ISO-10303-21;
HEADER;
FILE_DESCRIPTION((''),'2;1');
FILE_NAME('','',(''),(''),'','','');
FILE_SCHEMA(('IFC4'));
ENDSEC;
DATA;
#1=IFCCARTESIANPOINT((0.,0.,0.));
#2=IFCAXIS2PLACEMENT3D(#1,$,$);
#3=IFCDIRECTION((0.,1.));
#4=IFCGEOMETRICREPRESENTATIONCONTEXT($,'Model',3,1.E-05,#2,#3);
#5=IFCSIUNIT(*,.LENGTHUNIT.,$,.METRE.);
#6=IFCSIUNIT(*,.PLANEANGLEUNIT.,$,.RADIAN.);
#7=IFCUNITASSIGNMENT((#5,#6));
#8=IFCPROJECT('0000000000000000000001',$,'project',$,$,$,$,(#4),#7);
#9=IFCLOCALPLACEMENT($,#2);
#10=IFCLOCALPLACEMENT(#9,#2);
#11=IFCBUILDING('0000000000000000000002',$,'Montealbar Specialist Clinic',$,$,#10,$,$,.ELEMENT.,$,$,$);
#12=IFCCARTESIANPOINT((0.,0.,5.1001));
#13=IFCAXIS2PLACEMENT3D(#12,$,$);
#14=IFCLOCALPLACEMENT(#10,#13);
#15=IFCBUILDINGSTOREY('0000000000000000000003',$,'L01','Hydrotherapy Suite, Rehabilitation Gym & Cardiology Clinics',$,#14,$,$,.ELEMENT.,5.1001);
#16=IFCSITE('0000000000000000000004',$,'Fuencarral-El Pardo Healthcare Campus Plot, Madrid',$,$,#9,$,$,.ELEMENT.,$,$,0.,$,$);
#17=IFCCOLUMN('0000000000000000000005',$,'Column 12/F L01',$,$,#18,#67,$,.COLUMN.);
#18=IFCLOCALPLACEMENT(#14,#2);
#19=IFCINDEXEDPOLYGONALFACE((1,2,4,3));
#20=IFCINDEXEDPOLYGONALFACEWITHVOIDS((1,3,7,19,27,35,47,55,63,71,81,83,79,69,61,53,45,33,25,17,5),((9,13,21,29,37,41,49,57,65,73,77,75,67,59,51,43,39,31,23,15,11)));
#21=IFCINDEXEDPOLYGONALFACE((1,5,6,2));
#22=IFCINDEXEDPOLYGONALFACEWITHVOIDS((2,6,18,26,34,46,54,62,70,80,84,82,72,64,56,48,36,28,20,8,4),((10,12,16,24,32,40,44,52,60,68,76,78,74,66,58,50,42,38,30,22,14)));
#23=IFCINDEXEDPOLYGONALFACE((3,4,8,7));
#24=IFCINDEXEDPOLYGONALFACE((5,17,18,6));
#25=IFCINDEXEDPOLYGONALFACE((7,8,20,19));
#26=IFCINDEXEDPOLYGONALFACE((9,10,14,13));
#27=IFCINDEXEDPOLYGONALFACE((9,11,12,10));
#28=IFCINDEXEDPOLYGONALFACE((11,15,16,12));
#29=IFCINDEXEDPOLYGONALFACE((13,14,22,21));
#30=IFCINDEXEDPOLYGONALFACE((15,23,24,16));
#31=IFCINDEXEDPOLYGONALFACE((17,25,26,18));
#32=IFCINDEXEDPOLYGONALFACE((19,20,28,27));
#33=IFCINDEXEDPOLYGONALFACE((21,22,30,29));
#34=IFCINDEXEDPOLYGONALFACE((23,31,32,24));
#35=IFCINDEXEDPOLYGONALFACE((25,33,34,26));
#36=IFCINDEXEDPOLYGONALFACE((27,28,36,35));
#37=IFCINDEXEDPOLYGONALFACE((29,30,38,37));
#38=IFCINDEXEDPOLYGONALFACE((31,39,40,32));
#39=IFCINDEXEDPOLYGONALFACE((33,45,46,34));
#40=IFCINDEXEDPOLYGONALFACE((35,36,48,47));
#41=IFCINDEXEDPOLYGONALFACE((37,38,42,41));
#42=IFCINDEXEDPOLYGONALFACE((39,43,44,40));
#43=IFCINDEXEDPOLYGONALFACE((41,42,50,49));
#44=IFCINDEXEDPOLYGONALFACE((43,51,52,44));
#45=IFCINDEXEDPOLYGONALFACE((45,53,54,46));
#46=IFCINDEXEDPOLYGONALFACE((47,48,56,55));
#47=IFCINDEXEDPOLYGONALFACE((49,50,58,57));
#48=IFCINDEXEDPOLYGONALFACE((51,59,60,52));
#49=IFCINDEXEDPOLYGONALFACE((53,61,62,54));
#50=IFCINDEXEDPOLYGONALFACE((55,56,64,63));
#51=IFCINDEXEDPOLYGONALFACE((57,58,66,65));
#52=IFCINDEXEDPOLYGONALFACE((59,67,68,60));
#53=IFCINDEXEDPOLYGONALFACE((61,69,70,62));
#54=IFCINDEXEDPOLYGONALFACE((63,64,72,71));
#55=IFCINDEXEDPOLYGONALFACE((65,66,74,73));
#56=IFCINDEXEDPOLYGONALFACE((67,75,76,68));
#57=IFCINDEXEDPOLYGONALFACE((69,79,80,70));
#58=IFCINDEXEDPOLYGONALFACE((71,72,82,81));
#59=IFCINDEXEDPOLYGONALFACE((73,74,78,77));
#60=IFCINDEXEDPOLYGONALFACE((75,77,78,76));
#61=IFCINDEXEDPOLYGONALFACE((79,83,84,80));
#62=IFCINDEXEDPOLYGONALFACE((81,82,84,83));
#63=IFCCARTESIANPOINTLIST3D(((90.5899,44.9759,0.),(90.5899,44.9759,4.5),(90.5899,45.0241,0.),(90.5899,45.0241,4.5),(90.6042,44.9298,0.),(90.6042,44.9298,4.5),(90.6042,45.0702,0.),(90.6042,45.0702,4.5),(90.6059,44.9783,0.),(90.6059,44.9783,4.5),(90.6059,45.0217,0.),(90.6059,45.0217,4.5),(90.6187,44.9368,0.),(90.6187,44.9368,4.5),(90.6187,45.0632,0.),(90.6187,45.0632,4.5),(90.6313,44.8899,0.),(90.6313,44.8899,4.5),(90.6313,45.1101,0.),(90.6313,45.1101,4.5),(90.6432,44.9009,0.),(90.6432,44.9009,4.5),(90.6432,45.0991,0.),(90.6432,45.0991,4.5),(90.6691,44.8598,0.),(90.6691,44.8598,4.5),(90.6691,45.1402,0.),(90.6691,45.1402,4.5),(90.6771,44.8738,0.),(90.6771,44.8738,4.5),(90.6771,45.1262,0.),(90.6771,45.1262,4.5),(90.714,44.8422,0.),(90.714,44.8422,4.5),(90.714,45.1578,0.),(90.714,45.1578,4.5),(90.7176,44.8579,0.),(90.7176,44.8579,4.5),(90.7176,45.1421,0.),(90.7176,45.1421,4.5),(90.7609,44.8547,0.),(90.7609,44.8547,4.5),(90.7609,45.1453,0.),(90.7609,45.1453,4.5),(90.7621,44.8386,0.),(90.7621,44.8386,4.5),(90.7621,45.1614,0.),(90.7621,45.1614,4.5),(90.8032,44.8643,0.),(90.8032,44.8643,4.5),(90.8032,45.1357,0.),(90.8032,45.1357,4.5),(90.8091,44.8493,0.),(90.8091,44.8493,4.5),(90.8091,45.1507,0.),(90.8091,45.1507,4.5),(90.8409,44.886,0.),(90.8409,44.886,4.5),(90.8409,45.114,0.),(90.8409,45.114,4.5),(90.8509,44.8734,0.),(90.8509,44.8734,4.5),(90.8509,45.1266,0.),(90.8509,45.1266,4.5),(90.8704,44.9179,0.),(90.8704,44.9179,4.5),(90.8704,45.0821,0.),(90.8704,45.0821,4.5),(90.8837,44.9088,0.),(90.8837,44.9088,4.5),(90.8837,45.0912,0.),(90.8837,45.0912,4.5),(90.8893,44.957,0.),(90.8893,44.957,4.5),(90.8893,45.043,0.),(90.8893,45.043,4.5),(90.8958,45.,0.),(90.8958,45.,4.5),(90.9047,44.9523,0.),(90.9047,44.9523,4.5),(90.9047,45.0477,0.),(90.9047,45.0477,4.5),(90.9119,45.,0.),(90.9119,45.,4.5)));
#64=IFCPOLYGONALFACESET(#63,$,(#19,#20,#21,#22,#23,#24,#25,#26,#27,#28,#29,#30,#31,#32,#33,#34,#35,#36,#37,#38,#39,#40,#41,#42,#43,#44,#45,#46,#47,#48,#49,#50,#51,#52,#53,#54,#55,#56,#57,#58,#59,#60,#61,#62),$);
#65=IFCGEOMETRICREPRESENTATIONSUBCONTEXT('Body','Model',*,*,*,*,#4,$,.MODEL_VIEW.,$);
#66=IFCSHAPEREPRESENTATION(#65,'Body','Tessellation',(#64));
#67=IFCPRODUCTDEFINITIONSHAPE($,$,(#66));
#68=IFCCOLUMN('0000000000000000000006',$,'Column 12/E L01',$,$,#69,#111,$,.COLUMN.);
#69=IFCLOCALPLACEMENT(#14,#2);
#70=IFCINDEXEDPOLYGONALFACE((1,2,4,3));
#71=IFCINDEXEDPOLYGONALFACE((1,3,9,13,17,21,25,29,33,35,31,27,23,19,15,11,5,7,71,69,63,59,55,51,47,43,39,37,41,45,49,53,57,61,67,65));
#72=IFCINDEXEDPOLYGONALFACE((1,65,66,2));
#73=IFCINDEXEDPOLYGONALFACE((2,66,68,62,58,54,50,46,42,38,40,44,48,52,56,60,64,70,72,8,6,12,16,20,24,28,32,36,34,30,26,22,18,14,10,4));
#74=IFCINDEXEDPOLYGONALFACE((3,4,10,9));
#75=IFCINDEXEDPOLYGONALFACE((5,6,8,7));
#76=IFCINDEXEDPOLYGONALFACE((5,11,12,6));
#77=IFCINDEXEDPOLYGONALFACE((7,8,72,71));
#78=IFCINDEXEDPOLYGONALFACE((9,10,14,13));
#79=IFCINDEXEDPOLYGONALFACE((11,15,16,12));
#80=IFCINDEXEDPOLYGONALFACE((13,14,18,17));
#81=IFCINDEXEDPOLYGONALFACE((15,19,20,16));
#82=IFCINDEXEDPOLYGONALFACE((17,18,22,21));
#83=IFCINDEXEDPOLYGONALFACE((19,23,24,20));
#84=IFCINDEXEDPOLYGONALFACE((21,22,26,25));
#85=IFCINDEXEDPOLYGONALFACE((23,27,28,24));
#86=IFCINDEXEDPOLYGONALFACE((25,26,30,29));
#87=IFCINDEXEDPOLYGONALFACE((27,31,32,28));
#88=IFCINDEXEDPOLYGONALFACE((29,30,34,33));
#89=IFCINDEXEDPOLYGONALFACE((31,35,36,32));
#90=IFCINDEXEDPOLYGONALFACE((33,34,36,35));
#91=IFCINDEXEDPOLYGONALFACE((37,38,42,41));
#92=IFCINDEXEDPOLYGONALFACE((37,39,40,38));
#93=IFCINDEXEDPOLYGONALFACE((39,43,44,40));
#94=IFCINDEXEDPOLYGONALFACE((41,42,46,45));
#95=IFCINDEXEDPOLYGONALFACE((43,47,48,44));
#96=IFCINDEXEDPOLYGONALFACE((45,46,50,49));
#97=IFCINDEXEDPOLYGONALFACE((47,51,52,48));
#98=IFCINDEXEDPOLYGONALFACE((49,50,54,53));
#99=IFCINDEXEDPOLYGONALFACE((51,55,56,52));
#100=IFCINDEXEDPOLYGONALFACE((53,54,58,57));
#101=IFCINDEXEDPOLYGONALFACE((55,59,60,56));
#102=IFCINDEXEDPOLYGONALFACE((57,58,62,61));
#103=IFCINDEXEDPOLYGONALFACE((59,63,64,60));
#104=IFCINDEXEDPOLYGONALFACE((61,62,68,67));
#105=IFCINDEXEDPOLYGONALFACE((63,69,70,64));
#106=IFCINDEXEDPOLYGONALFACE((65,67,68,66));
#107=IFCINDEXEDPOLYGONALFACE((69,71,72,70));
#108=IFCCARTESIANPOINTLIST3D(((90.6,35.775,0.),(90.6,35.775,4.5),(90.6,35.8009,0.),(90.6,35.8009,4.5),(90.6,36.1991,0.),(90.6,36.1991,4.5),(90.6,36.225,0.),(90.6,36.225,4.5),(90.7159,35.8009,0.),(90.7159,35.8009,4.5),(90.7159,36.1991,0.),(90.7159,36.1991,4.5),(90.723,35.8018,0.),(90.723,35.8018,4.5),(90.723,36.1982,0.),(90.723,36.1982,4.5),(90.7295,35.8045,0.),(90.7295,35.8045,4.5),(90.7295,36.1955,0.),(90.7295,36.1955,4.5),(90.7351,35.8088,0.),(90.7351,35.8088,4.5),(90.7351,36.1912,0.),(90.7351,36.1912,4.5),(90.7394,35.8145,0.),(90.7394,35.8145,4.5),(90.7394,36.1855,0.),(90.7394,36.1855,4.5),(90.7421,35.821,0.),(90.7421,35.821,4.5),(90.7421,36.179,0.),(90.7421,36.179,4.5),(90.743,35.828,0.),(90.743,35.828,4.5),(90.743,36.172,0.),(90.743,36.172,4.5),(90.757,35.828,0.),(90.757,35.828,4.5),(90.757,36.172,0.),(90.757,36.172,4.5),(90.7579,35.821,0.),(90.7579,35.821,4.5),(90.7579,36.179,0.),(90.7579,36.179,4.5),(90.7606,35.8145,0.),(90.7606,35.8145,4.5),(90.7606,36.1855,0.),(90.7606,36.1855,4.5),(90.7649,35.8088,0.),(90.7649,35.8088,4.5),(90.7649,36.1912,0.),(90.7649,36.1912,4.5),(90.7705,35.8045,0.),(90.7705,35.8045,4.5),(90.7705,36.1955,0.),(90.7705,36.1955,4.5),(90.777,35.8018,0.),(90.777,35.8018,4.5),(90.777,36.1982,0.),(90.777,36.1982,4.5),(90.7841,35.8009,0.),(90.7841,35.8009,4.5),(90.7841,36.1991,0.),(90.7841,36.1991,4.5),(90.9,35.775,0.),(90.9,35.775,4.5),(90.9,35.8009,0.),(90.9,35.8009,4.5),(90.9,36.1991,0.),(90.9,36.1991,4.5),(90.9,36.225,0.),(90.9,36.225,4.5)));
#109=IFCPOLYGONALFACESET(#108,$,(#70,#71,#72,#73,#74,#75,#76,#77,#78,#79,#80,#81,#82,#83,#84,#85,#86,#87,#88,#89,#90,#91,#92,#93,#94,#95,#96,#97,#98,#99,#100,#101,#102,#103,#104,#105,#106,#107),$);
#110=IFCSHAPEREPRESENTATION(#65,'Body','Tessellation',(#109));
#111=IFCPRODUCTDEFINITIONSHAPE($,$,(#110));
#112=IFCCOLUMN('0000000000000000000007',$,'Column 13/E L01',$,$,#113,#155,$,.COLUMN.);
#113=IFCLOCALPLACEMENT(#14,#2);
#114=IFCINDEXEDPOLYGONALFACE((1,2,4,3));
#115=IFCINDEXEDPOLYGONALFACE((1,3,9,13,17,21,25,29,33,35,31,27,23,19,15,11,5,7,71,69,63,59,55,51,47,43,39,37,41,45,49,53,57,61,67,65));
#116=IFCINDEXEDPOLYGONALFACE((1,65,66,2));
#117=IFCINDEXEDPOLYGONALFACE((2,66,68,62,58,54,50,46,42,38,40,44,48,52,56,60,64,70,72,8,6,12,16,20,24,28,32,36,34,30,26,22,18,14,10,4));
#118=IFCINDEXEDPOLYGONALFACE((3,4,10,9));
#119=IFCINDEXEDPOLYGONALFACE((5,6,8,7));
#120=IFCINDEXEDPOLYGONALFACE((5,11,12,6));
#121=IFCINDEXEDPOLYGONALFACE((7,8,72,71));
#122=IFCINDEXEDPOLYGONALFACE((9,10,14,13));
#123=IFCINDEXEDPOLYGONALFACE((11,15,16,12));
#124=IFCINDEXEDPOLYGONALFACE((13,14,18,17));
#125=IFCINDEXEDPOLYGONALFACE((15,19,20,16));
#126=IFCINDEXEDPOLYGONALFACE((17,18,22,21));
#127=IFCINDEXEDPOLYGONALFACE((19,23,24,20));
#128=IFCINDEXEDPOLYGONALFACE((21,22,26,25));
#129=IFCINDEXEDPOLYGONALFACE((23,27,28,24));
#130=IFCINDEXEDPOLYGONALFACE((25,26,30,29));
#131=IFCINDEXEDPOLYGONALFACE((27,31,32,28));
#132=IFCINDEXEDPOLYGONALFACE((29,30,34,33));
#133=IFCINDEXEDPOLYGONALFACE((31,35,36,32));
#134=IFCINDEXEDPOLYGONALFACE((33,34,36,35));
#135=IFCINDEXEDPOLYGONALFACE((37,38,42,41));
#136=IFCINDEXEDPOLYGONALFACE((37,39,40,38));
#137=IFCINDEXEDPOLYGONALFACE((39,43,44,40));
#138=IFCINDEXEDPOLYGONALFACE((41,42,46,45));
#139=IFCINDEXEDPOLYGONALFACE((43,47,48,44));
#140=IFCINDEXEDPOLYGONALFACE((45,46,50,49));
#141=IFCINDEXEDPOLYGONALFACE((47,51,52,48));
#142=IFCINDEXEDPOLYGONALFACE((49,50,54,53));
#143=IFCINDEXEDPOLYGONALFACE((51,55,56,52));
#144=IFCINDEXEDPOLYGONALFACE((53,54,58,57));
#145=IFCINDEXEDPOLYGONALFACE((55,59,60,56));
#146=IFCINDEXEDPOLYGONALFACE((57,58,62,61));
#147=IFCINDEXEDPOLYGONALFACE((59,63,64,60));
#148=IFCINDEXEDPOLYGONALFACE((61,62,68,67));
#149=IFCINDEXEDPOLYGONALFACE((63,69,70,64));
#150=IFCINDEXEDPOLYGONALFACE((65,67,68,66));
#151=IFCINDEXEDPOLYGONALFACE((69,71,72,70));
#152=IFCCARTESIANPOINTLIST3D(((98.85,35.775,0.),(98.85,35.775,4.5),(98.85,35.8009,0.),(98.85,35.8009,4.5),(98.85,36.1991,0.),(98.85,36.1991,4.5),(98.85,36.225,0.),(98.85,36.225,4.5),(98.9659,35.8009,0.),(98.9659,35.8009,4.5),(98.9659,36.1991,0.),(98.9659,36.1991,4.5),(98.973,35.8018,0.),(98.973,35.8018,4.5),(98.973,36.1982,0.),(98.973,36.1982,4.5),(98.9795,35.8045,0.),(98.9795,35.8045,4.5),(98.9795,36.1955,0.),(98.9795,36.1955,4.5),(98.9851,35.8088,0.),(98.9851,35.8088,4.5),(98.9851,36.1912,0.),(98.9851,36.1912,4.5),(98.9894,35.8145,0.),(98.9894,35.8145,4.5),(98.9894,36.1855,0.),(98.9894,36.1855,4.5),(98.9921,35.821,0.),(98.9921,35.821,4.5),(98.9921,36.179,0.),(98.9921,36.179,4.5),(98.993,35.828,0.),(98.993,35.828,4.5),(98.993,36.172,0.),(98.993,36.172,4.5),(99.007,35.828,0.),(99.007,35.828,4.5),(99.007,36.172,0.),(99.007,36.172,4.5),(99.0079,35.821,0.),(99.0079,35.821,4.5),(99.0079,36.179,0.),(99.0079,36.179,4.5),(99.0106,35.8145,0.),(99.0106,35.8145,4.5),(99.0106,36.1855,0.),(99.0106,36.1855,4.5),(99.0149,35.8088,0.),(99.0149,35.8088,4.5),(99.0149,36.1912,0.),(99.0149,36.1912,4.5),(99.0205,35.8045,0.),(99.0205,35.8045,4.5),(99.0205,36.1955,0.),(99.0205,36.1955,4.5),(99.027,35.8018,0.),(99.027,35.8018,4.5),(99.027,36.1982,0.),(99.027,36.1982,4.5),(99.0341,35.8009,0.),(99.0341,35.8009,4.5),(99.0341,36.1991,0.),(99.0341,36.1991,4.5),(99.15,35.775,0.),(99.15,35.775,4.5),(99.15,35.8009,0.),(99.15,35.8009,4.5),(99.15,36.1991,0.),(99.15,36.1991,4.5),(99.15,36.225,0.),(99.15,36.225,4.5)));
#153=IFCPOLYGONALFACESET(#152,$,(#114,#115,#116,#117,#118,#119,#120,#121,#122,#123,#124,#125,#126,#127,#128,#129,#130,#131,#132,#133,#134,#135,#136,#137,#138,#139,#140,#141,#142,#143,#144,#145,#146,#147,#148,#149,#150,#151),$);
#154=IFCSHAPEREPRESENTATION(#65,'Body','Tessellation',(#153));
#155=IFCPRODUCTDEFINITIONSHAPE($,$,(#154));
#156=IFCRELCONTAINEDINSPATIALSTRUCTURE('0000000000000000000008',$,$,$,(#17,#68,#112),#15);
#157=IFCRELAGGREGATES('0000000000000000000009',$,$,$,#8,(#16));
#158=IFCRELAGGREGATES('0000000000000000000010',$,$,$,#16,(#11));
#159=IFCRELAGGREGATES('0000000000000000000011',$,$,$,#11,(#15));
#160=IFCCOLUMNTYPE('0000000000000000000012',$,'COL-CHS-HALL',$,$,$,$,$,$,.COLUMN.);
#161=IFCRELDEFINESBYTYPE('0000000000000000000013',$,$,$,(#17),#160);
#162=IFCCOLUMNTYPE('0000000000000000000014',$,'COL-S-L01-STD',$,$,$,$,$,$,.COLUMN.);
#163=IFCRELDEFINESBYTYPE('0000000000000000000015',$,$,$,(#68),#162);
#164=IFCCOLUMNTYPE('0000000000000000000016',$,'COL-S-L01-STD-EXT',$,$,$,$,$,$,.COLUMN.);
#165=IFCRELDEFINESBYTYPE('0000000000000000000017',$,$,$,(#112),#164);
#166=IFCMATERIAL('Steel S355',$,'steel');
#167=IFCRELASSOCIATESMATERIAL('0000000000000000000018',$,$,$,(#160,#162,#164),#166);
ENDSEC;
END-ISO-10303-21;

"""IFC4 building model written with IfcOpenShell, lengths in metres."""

from ifc_helpers import new_model, si_unit, direction, frame, origin, origin_2d, place, context, subcontext, project, spatial, hollow_circle, i_section, extrude, material, material_profile, profile_set, type_object, element, save


model = new_model("IFC4")

# Units and contexts
model_context = context("Model", 3, precision=1e-05, world=origin(), true_north=direction((0.0, 1.0)))
body_context = subcontext(model_context, "Body", "Model", "MODEL_VIEW")
ifc_project = project(units=[si_unit("LENGTHUNIT", "METRE"), si_unit("PLANEANGLEUNIT", "RADIAN")], contexts=[model_context])

# Site, building, storey
site_placement = place(None, origin())
site = spatial("IfcSite", under=ifc_project, at=site_placement, Name="Fuencarral-El Pardo Healthcare Campus Plot, Madrid", CompositionType="ELEMENT", RefElevation=0.0)
building_placement = place(site_placement, origin())
building = spatial("IfcBuilding", under=site, at=building_placement, Name="Montealbar Specialist Clinic", CompositionType="ELEMENT")
storey_placement = place(building_placement, frame((0.0, 0.0, 5.1001)))
storey = spatial("IfcBuildingStorey", under=building, at=storey_placement, Name="L01", Description="Hydrotherapy Suite, Rehabilitation Gym & Cardiology Clinics", CompositionType="ELEMENT", Elevation=5.1001)

# Columns
ifc_material_1 = material(Name="Steel S355", Category="steel")
ifc_material_profile_1 = material_profile(ifc_material_1, hollow_circle(Radius=0.1619, WallThickness=0.0161, at=origin_2d()), Name="CHS 323.9x16.0", Category="steel")
ifc_profile_set_1 = profile_set([ifc_material_profile_1], Name="Steel S355")
column_type_1 = type_object("IfcColumnType", Name="COL-CHS-HALL", PredefinedType="COLUMN", material=ifc_profile_set_1)
column_1_placement = place(storey_placement, frame((90.75, 45.0, 0.0), z_axis=(0.0, 0.0, 1.0), x_axis=(1.0, 0.0, 0.0)))
element("IfcColumn", 1, at=column_1_placement, inside=storey, type_object=column_type_1, Name="Column 12/F L01", PredefinedType="COLUMN", context=body_context, shape_type="SweptSolid", body=[
    extrude(hollow_circle(Radius=0.1619, WallThickness=0.0161, at=origin_2d()), origin(), (0.0, 0.0, 1.0), 4.5),
])
ifc_material_profile_2 = material_profile(ifc_material_1, i_section(OverallWidth=0.3, OverallDepth=0.45, WebThickness=0.0139, FlangeThickness=0.0259, FilletRadius=0.0271, at=origin_2d()), Name="HEB 450", Category="steel")
ifc_profile_set_2 = profile_set([ifc_material_profile_2], Name="Steel S355")
column_type_2 = type_object("IfcColumnType", Name="COL-S-L01-STD", PredefinedType="COLUMN", material=ifc_profile_set_2)
column_2_placement = place(storey_placement, frame((90.75, 36.0, 0.0), z_axis=(0.0, 0.0, 1.0), x_axis=(1.0, 0.0, 0.0)))
element("IfcColumn", 2, at=column_2_placement, inside=storey, type_object=column_type_2, Name="Column 12/E L01", PredefinedType="COLUMN", context=body_context, shape_type="SweptSolid", body=[
    extrude(i_section(OverallWidth=0.3, OverallDepth=0.45, WebThickness=0.0139, FlangeThickness=0.0259, FilletRadius=0.0271, at=origin_2d()), origin(), (0.0, 0.0, 1.0), 4.5),
])
ifc_material_profile_3 = material_profile(ifc_material_1, i_section(OverallWidth=0.3, OverallDepth=0.45, WebThickness=0.0139, FlangeThickness=0.0259, FilletRadius=0.0271, at=origin_2d()), Name="HEB 450", Category="steel")
ifc_profile_set_3 = profile_set([ifc_material_profile_3], Name="Steel S355")
column_type_3 = type_object("IfcColumnType", Name="COL-S-L01-STD-EXT", PredefinedType="COLUMN", material=ifc_profile_set_3)
column_3_placement = place(storey_placement, frame((99.0, 36.0, 0.0), z_axis=(0.0, 0.0, 1.0), x_axis=(1.0, 0.0, 0.0)))
element("IfcColumn", 3, at=column_3_placement, inside=storey, type_object=column_type_3, Name="Column 13/E L01", PredefinedType="COLUMN", context=body_context, shape_type="SweptSolid", body=[
    extrude(i_section(OverallWidth=0.3, OverallDepth=0.45, WebThickness=0.0139, FlangeThickness=0.0259, FilletRadius=0.0271, at=origin_2d()), origin(), (0.0, 0.0, 1.0), 4.5),
])

save(model, "model.ifc")
